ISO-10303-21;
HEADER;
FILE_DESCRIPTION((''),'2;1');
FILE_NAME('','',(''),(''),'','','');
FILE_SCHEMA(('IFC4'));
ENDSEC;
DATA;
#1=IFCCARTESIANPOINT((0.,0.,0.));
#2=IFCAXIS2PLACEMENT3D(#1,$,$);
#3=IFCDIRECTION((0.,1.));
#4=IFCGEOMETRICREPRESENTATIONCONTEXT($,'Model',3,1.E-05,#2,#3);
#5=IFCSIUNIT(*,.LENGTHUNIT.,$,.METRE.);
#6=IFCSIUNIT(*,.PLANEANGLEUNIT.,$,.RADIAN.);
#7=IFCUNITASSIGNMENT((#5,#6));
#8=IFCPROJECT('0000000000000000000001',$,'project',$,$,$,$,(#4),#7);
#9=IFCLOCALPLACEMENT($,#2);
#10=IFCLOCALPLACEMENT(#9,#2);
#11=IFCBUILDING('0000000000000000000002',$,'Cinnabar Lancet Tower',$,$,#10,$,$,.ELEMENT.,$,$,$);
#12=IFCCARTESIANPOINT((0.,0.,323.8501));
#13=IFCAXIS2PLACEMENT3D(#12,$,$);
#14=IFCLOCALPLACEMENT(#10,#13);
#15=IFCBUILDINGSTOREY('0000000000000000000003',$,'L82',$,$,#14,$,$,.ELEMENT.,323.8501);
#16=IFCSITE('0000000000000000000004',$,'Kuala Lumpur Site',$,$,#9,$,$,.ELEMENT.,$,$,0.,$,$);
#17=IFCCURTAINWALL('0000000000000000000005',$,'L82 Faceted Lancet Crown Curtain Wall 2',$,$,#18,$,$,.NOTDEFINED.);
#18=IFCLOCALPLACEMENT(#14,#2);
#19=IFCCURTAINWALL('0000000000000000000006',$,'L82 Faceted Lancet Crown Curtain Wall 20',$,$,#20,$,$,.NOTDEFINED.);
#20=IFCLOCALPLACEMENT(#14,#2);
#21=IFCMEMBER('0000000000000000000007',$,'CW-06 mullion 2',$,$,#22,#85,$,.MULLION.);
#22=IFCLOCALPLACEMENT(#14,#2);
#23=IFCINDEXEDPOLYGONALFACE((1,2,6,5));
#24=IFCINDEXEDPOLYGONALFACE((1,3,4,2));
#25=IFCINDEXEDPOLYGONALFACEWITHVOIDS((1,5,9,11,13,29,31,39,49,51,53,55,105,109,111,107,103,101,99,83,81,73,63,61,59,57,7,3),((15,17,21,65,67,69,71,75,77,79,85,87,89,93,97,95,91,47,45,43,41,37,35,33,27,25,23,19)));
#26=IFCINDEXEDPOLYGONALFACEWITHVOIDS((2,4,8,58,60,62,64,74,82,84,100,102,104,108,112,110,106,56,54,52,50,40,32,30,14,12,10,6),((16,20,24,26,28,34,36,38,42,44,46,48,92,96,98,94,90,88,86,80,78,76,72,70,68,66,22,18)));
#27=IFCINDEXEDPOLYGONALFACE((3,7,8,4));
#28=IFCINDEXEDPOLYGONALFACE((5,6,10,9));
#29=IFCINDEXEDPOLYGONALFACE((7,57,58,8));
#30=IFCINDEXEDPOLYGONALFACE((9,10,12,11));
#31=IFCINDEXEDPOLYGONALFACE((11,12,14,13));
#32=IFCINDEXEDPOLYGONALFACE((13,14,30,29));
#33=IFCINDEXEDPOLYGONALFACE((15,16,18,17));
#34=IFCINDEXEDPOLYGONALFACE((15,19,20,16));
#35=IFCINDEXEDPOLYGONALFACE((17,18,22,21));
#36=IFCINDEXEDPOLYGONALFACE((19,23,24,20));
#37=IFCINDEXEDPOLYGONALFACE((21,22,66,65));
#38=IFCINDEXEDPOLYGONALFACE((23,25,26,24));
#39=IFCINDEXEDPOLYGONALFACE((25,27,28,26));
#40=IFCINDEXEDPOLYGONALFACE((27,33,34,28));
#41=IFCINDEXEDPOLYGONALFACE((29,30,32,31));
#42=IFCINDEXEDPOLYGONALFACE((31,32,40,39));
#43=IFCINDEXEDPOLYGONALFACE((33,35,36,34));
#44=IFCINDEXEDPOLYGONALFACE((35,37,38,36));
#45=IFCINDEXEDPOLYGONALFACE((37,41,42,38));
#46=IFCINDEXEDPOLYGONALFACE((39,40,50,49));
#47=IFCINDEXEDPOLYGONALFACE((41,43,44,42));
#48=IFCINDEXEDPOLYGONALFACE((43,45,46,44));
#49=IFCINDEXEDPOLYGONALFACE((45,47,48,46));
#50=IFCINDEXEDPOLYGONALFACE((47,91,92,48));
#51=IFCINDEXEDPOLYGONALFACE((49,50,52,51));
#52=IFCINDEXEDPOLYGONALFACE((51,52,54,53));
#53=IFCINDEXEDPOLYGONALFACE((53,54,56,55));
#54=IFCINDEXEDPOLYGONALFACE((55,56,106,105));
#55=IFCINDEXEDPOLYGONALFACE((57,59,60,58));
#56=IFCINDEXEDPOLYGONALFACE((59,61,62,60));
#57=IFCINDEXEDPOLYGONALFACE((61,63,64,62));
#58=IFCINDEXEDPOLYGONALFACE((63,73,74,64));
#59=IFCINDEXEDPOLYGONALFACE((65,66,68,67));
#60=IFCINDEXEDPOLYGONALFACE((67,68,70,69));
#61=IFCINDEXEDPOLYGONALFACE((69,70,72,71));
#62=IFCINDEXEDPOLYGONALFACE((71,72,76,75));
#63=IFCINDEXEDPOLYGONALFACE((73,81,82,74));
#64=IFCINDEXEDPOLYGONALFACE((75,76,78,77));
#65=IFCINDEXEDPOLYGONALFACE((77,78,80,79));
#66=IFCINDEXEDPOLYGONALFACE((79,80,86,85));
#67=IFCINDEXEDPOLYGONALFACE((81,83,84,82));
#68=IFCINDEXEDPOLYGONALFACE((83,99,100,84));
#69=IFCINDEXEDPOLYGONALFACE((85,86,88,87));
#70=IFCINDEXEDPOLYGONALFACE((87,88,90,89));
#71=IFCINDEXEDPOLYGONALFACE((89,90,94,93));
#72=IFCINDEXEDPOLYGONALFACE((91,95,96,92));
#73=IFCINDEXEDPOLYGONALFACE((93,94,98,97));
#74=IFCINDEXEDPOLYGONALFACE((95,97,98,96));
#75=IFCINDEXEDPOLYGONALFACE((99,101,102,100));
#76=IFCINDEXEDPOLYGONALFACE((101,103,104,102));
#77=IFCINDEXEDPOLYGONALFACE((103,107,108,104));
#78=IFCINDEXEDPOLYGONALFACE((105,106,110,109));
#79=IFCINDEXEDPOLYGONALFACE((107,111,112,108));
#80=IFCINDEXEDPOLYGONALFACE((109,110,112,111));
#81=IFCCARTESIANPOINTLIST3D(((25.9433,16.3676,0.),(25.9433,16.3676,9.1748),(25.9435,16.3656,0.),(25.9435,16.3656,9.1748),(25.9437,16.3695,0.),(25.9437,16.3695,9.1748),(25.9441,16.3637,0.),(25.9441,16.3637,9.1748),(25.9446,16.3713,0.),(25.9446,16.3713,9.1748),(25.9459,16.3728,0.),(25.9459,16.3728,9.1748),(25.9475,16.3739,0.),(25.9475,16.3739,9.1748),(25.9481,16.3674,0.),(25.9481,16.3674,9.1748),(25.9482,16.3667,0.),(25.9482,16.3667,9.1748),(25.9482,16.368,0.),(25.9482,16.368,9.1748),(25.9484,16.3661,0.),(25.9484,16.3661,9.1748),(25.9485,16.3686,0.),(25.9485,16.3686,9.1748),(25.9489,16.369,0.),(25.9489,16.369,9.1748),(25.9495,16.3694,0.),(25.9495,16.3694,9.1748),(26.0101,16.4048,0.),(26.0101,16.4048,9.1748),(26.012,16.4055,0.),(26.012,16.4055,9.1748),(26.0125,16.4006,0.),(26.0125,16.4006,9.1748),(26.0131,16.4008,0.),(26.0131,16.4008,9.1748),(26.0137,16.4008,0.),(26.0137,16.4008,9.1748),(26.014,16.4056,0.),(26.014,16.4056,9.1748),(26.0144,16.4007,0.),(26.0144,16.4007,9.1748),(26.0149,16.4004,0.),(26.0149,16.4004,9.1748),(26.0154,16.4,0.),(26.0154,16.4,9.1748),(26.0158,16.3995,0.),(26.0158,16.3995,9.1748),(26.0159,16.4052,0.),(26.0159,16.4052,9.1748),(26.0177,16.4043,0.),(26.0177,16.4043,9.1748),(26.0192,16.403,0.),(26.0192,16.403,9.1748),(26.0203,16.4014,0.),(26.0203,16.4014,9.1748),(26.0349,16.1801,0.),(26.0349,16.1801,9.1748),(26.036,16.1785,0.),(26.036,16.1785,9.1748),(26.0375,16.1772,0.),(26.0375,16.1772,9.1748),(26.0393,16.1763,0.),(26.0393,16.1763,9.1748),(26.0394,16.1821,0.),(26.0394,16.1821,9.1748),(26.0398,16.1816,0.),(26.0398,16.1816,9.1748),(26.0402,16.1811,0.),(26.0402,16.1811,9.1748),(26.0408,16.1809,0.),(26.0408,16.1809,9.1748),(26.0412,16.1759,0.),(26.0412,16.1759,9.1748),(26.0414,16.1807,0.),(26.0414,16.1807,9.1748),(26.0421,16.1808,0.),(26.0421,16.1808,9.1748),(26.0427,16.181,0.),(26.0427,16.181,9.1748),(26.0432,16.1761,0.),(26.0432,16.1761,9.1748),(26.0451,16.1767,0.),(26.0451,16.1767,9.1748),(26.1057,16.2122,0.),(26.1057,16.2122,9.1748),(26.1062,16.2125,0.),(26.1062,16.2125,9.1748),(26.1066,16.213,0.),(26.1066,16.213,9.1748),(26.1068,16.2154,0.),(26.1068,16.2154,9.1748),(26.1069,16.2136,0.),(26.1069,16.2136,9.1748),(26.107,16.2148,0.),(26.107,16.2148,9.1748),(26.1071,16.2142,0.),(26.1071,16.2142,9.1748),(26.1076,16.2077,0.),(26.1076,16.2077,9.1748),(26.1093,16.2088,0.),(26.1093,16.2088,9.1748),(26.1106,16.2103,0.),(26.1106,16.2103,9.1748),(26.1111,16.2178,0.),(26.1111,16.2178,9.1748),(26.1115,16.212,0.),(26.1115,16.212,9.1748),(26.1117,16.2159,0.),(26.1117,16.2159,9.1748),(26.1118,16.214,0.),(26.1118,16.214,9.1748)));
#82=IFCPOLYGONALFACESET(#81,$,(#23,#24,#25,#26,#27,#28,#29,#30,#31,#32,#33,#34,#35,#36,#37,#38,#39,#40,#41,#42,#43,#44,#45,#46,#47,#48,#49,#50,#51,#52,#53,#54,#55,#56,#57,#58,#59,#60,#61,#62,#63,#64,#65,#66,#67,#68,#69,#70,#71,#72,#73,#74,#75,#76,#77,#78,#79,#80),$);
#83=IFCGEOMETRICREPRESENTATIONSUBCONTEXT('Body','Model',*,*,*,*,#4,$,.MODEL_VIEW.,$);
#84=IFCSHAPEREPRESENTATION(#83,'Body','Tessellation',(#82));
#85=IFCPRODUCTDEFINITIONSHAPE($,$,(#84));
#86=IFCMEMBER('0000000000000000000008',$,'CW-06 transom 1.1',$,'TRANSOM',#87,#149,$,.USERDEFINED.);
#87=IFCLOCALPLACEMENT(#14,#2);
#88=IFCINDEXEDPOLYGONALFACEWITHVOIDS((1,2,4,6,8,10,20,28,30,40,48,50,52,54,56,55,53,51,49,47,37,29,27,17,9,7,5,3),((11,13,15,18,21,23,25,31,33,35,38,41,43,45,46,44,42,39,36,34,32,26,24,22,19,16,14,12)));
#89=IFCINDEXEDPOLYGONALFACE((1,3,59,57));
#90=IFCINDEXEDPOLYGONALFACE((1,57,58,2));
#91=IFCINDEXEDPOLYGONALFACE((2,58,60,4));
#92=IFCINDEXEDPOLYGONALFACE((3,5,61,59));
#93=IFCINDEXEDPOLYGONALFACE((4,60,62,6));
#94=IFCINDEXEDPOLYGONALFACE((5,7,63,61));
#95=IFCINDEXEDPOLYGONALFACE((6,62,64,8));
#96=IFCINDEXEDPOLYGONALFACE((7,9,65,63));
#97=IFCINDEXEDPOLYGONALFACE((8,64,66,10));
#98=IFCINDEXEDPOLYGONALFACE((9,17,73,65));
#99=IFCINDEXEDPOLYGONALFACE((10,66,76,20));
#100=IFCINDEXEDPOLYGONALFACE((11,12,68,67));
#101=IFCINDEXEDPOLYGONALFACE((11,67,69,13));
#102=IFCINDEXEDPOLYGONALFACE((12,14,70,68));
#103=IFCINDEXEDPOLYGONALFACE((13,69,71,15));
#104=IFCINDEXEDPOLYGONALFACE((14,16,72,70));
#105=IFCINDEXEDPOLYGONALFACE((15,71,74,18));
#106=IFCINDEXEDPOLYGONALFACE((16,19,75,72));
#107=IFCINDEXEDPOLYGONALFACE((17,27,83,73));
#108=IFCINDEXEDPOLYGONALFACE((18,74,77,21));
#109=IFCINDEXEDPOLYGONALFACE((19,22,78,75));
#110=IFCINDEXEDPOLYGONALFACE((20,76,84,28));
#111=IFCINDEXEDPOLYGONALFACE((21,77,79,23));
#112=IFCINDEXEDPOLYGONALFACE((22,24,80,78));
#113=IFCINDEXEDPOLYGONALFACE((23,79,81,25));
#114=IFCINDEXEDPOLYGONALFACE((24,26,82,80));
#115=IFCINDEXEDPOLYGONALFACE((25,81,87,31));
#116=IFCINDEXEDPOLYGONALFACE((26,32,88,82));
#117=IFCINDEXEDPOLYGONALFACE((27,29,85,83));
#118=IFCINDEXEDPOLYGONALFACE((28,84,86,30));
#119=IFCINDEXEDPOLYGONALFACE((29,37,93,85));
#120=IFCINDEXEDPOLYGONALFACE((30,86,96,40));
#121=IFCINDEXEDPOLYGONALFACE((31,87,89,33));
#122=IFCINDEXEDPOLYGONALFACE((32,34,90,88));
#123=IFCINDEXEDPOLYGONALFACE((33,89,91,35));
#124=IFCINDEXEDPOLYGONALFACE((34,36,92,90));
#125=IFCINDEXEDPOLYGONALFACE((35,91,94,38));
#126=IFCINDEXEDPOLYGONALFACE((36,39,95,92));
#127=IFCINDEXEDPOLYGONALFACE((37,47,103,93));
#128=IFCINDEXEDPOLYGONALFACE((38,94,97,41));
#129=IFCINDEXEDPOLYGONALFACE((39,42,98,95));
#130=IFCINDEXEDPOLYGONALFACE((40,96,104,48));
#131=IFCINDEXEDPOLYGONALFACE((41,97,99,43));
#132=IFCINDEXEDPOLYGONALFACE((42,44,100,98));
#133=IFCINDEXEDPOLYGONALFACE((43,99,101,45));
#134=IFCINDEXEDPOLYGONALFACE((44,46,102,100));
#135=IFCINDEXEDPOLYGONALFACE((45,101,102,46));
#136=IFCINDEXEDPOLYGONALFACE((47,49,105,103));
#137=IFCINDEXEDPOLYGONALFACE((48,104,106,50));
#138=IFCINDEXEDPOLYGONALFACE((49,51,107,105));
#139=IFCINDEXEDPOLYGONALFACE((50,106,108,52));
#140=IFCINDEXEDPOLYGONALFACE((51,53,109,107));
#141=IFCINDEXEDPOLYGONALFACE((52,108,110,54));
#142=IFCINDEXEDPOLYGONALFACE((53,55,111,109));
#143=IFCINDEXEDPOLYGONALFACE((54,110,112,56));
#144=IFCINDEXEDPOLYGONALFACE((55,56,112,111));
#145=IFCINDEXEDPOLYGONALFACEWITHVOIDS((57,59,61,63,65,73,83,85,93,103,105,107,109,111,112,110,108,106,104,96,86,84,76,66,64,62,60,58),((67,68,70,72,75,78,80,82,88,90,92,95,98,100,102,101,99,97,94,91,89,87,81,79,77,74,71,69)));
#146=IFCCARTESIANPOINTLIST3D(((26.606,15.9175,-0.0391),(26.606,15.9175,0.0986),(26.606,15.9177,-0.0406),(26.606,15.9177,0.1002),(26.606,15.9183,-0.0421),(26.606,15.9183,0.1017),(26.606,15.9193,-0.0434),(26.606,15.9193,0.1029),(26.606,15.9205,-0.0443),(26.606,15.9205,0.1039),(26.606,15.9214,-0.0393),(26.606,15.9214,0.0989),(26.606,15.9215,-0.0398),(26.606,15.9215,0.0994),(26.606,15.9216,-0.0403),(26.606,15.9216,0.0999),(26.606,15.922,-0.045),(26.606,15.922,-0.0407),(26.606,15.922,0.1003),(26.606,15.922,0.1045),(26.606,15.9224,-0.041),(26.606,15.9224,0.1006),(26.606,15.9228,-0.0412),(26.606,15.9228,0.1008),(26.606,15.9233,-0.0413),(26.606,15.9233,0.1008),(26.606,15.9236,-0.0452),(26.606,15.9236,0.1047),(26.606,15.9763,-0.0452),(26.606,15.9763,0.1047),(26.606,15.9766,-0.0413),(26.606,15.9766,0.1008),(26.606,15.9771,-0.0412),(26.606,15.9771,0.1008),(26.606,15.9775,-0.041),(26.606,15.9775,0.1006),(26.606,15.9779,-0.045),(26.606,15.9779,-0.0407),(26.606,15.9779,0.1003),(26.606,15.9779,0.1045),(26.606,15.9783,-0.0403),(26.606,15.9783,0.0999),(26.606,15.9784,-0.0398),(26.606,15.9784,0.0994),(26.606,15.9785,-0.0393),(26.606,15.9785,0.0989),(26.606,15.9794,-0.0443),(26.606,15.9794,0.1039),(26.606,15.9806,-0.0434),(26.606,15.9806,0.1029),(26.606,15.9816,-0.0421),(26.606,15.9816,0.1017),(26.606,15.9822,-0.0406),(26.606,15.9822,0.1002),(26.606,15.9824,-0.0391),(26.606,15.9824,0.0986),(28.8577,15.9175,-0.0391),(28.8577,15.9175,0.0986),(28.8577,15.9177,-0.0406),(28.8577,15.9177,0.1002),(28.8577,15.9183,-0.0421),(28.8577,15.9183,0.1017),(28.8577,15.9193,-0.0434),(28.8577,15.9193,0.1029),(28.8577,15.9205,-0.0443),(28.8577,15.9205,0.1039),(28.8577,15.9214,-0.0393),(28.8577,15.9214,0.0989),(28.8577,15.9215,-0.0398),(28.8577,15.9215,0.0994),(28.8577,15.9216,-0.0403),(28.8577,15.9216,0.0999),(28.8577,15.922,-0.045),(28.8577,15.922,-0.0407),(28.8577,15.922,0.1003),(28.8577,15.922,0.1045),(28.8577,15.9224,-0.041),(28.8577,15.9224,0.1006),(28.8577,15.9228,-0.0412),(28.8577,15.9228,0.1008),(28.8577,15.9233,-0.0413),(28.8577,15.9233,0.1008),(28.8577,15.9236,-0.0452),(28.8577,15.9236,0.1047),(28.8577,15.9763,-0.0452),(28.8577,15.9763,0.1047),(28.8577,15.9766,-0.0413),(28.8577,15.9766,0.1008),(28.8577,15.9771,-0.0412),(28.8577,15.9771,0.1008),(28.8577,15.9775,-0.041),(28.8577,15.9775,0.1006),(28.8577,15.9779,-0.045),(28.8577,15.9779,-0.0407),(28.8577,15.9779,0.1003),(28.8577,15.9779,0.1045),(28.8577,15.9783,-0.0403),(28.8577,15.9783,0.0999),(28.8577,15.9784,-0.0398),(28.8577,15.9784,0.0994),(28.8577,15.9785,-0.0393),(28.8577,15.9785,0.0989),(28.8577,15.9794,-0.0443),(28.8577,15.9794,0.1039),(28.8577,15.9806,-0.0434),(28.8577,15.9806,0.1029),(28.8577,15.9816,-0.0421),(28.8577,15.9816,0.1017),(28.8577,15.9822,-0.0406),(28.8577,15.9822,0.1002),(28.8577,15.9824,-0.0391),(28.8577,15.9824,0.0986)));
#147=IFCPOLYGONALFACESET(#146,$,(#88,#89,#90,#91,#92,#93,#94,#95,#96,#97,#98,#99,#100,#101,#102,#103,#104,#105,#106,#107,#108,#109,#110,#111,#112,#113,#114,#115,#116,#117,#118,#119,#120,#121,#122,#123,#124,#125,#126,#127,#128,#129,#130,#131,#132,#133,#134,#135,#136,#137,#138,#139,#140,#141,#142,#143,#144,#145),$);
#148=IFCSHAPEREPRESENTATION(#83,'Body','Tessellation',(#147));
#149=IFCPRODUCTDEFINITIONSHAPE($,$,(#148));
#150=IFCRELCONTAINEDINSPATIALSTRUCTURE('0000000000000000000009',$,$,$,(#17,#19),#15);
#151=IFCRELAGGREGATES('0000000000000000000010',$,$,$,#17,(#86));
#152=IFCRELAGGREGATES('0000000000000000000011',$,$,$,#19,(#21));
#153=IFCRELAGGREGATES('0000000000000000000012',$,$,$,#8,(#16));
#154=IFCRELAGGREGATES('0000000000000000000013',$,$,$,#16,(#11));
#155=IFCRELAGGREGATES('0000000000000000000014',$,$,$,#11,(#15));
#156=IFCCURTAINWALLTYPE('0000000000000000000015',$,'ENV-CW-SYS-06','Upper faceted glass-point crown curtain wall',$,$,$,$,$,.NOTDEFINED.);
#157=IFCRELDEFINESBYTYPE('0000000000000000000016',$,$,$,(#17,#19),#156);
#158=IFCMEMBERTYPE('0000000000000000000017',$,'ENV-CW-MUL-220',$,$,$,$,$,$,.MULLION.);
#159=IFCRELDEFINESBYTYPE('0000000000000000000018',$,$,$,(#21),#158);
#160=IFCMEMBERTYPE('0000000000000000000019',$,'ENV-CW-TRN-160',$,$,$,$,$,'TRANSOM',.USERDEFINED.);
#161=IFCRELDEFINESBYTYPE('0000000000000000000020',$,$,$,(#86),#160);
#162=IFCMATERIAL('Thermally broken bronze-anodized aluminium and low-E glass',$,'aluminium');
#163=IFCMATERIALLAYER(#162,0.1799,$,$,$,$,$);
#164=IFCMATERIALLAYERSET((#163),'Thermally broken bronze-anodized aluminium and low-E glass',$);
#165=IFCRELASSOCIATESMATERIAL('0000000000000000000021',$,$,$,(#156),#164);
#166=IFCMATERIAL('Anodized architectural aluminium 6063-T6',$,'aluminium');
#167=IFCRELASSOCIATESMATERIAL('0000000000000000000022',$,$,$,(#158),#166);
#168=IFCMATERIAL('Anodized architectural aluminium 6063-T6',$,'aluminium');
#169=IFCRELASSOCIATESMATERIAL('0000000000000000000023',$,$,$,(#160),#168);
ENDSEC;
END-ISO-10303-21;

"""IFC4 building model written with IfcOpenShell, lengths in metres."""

from ifc_helpers import new_model, si_unit, direction, frame, origin, origin_2d, place, context, subcontext, project, spatial, hollow_rectangle, extrude, material, layer, layer_set, material_profile, profile_set, type_object, element, aggregate, save


model = new_model("IFC4")

# Units and contexts
model_context = context("Model", 3, precision=1e-05, world=origin(), true_north=direction((0.0, 1.0)))
body_context = subcontext(model_context, "Body", "Model", "MODEL_VIEW")
ifc_project = project(units=[si_unit("LENGTHUNIT", "METRE"), si_unit("PLANEANGLEUNIT", "RADIAN")], contexts=[model_context])

# Site, building, storey
site_placement = place(None, origin())
site = spatial("IfcSite", under=ifc_project, at=site_placement, Name="Kuala Lumpur Site", CompositionType="ELEMENT", RefElevation=0.0)
building_placement = place(site_placement, origin())
building = spatial("IfcBuilding", under=site, at=building_placement, Name="Cinnabar Lancet Tower", CompositionType="ELEMENT")
storey_placement = place(building_placement, frame((0.0, 0.0, 323.8501)))
storey = spatial("IfcBuildingStorey", under=building, at=storey_placement, Name="L82", CompositionType="ELEMENT", Elevation=323.8501)

# Curtain wall
ifc_material_1 = material(Name="Thermally broken bronze-anodized aluminium and low-E glass", Category="aluminium")
ifc_layer_1 = layer(ifc_material_1, 0.1799)
ifc_layer_set_1 = layer_set([ifc_layer_1], Name="Thermally broken bronze-anodized aluminium and low-E glass")
curtain_wall_type = type_object("IfcCurtainWallType", Name="ENV-CW-SYS-06", Description="Upper faceted glass-point crown curtain wall", PredefinedType="NOTDEFINED", material=ifc_layer_set_1)
curtain_wall_1_placement = place(storey_placement, origin())
curtain_wall_1 = element("IfcCurtainWall", 1, at=curtain_wall_1_placement, inside=storey, type_object=curtain_wall_type, Name="L82 Faceted Lancet Crown Curtain Wall 2", PredefinedType="NOTDEFINED")
ifc_material_2 = material(Name="Anodized architectural aluminium 6063-T6", Category="aluminium")
ifc_material_profile_1 = material_profile(ifc_material_2, hollow_rectangle(XDim=0.085, YDim=0.22, WallThickness=0.0049, InnerFilletRadius=0.0024, OuterFilletRadius=0.0076, at=origin_2d()), Name="CW-MUL 220x85x5")
ifc_profile_set_1 = profile_set([ifc_material_profile_1], Name="Anodized architectural aluminium 6063-T6")
member_type_1 = type_object("IfcMemberType", Name="ENV-CW-MUL-220", PredefinedType="MULLION", material=ifc_profile_set_1)

# Curtain wall, member
curtain_wall_2_placement = place(storey_placement, origin())
curtain_wall_2 = element("IfcCurtainWall", 2, at=curtain_wall_2_placement, inside=storey, type_object=curtain_wall_type, Name="L82 Faceted Lancet Crown Curtain Wall 20", PredefinedType="NOTDEFINED")
member_1_placement = place(storey_placement, frame((26.0276, 16.2908, 0.0), z_axis=(0.0, 0.0, 1.0), x_axis=(0.896337, 0.443373, 0.0)))
member_1 = element("IfcMember", 3, at=member_1_placement, type_object=member_type_1, Name="CW-06 mullion 2", PredefinedType="MULLION", context=body_context, shape_type="SweptSolid", body=[
    extrude(hollow_rectangle(XDim=0.085, YDim=0.22, WallThickness=0.0049, InnerFilletRadius=0.0024, OuterFilletRadius=0.0076, at=origin_2d()), origin(), (0.0, 0.0, 1.0), 9.1748),
])

# Member
ifc_material_3 = material(Name="Anodized architectural aluminium 6063-T6", Category="aluminium")
ifc_material_profile_2 = material_profile(ifc_material_3, hollow_rectangle(XDim=0.0649, YDim=0.1499, WallThickness=0.0039, InnerFilletRadius=0.002, OuterFilletRadius=0.0061, at=origin_2d()), Name="CW-TRN 150x65x4")
ifc_profile_set_2 = profile_set([ifc_material_profile_2], Name="Anodized architectural aluminium 6063-T6")
member_type_2 = type_object("IfcMemberType", Name="ENV-CW-TRN-160", ElementType="TRANSOM", PredefinedType="USERDEFINED", material=ifc_profile_set_2)
member_2_placement = place(storey_placement, frame((26.606, 15.95, 0.0298), z_axis=(1.0, 0.0, 0.0), x_axis=(0.0, 1.0, 0.0)))
member_2 = element("IfcMember", 4, at=member_2_placement, type_object=member_type_2, Name="CW-06 transom 1.1", ObjectType="TRANSOM", PredefinedType="USERDEFINED", context=body_context, shape_type="SweptSolid", body=[
    extrude(hollow_rectangle(XDim=0.0649, YDim=0.1499, WallThickness=0.0039, InnerFilletRadius=0.002, OuterFilletRadius=0.0061, at=origin_2d()), origin(), (0.0, 0.0, 1.0), 2.2517),
])

aggregate(curtain_wall_1, [member_2])
aggregate(curtain_wall_2, [member_1])

save(model, "model.ifc")
